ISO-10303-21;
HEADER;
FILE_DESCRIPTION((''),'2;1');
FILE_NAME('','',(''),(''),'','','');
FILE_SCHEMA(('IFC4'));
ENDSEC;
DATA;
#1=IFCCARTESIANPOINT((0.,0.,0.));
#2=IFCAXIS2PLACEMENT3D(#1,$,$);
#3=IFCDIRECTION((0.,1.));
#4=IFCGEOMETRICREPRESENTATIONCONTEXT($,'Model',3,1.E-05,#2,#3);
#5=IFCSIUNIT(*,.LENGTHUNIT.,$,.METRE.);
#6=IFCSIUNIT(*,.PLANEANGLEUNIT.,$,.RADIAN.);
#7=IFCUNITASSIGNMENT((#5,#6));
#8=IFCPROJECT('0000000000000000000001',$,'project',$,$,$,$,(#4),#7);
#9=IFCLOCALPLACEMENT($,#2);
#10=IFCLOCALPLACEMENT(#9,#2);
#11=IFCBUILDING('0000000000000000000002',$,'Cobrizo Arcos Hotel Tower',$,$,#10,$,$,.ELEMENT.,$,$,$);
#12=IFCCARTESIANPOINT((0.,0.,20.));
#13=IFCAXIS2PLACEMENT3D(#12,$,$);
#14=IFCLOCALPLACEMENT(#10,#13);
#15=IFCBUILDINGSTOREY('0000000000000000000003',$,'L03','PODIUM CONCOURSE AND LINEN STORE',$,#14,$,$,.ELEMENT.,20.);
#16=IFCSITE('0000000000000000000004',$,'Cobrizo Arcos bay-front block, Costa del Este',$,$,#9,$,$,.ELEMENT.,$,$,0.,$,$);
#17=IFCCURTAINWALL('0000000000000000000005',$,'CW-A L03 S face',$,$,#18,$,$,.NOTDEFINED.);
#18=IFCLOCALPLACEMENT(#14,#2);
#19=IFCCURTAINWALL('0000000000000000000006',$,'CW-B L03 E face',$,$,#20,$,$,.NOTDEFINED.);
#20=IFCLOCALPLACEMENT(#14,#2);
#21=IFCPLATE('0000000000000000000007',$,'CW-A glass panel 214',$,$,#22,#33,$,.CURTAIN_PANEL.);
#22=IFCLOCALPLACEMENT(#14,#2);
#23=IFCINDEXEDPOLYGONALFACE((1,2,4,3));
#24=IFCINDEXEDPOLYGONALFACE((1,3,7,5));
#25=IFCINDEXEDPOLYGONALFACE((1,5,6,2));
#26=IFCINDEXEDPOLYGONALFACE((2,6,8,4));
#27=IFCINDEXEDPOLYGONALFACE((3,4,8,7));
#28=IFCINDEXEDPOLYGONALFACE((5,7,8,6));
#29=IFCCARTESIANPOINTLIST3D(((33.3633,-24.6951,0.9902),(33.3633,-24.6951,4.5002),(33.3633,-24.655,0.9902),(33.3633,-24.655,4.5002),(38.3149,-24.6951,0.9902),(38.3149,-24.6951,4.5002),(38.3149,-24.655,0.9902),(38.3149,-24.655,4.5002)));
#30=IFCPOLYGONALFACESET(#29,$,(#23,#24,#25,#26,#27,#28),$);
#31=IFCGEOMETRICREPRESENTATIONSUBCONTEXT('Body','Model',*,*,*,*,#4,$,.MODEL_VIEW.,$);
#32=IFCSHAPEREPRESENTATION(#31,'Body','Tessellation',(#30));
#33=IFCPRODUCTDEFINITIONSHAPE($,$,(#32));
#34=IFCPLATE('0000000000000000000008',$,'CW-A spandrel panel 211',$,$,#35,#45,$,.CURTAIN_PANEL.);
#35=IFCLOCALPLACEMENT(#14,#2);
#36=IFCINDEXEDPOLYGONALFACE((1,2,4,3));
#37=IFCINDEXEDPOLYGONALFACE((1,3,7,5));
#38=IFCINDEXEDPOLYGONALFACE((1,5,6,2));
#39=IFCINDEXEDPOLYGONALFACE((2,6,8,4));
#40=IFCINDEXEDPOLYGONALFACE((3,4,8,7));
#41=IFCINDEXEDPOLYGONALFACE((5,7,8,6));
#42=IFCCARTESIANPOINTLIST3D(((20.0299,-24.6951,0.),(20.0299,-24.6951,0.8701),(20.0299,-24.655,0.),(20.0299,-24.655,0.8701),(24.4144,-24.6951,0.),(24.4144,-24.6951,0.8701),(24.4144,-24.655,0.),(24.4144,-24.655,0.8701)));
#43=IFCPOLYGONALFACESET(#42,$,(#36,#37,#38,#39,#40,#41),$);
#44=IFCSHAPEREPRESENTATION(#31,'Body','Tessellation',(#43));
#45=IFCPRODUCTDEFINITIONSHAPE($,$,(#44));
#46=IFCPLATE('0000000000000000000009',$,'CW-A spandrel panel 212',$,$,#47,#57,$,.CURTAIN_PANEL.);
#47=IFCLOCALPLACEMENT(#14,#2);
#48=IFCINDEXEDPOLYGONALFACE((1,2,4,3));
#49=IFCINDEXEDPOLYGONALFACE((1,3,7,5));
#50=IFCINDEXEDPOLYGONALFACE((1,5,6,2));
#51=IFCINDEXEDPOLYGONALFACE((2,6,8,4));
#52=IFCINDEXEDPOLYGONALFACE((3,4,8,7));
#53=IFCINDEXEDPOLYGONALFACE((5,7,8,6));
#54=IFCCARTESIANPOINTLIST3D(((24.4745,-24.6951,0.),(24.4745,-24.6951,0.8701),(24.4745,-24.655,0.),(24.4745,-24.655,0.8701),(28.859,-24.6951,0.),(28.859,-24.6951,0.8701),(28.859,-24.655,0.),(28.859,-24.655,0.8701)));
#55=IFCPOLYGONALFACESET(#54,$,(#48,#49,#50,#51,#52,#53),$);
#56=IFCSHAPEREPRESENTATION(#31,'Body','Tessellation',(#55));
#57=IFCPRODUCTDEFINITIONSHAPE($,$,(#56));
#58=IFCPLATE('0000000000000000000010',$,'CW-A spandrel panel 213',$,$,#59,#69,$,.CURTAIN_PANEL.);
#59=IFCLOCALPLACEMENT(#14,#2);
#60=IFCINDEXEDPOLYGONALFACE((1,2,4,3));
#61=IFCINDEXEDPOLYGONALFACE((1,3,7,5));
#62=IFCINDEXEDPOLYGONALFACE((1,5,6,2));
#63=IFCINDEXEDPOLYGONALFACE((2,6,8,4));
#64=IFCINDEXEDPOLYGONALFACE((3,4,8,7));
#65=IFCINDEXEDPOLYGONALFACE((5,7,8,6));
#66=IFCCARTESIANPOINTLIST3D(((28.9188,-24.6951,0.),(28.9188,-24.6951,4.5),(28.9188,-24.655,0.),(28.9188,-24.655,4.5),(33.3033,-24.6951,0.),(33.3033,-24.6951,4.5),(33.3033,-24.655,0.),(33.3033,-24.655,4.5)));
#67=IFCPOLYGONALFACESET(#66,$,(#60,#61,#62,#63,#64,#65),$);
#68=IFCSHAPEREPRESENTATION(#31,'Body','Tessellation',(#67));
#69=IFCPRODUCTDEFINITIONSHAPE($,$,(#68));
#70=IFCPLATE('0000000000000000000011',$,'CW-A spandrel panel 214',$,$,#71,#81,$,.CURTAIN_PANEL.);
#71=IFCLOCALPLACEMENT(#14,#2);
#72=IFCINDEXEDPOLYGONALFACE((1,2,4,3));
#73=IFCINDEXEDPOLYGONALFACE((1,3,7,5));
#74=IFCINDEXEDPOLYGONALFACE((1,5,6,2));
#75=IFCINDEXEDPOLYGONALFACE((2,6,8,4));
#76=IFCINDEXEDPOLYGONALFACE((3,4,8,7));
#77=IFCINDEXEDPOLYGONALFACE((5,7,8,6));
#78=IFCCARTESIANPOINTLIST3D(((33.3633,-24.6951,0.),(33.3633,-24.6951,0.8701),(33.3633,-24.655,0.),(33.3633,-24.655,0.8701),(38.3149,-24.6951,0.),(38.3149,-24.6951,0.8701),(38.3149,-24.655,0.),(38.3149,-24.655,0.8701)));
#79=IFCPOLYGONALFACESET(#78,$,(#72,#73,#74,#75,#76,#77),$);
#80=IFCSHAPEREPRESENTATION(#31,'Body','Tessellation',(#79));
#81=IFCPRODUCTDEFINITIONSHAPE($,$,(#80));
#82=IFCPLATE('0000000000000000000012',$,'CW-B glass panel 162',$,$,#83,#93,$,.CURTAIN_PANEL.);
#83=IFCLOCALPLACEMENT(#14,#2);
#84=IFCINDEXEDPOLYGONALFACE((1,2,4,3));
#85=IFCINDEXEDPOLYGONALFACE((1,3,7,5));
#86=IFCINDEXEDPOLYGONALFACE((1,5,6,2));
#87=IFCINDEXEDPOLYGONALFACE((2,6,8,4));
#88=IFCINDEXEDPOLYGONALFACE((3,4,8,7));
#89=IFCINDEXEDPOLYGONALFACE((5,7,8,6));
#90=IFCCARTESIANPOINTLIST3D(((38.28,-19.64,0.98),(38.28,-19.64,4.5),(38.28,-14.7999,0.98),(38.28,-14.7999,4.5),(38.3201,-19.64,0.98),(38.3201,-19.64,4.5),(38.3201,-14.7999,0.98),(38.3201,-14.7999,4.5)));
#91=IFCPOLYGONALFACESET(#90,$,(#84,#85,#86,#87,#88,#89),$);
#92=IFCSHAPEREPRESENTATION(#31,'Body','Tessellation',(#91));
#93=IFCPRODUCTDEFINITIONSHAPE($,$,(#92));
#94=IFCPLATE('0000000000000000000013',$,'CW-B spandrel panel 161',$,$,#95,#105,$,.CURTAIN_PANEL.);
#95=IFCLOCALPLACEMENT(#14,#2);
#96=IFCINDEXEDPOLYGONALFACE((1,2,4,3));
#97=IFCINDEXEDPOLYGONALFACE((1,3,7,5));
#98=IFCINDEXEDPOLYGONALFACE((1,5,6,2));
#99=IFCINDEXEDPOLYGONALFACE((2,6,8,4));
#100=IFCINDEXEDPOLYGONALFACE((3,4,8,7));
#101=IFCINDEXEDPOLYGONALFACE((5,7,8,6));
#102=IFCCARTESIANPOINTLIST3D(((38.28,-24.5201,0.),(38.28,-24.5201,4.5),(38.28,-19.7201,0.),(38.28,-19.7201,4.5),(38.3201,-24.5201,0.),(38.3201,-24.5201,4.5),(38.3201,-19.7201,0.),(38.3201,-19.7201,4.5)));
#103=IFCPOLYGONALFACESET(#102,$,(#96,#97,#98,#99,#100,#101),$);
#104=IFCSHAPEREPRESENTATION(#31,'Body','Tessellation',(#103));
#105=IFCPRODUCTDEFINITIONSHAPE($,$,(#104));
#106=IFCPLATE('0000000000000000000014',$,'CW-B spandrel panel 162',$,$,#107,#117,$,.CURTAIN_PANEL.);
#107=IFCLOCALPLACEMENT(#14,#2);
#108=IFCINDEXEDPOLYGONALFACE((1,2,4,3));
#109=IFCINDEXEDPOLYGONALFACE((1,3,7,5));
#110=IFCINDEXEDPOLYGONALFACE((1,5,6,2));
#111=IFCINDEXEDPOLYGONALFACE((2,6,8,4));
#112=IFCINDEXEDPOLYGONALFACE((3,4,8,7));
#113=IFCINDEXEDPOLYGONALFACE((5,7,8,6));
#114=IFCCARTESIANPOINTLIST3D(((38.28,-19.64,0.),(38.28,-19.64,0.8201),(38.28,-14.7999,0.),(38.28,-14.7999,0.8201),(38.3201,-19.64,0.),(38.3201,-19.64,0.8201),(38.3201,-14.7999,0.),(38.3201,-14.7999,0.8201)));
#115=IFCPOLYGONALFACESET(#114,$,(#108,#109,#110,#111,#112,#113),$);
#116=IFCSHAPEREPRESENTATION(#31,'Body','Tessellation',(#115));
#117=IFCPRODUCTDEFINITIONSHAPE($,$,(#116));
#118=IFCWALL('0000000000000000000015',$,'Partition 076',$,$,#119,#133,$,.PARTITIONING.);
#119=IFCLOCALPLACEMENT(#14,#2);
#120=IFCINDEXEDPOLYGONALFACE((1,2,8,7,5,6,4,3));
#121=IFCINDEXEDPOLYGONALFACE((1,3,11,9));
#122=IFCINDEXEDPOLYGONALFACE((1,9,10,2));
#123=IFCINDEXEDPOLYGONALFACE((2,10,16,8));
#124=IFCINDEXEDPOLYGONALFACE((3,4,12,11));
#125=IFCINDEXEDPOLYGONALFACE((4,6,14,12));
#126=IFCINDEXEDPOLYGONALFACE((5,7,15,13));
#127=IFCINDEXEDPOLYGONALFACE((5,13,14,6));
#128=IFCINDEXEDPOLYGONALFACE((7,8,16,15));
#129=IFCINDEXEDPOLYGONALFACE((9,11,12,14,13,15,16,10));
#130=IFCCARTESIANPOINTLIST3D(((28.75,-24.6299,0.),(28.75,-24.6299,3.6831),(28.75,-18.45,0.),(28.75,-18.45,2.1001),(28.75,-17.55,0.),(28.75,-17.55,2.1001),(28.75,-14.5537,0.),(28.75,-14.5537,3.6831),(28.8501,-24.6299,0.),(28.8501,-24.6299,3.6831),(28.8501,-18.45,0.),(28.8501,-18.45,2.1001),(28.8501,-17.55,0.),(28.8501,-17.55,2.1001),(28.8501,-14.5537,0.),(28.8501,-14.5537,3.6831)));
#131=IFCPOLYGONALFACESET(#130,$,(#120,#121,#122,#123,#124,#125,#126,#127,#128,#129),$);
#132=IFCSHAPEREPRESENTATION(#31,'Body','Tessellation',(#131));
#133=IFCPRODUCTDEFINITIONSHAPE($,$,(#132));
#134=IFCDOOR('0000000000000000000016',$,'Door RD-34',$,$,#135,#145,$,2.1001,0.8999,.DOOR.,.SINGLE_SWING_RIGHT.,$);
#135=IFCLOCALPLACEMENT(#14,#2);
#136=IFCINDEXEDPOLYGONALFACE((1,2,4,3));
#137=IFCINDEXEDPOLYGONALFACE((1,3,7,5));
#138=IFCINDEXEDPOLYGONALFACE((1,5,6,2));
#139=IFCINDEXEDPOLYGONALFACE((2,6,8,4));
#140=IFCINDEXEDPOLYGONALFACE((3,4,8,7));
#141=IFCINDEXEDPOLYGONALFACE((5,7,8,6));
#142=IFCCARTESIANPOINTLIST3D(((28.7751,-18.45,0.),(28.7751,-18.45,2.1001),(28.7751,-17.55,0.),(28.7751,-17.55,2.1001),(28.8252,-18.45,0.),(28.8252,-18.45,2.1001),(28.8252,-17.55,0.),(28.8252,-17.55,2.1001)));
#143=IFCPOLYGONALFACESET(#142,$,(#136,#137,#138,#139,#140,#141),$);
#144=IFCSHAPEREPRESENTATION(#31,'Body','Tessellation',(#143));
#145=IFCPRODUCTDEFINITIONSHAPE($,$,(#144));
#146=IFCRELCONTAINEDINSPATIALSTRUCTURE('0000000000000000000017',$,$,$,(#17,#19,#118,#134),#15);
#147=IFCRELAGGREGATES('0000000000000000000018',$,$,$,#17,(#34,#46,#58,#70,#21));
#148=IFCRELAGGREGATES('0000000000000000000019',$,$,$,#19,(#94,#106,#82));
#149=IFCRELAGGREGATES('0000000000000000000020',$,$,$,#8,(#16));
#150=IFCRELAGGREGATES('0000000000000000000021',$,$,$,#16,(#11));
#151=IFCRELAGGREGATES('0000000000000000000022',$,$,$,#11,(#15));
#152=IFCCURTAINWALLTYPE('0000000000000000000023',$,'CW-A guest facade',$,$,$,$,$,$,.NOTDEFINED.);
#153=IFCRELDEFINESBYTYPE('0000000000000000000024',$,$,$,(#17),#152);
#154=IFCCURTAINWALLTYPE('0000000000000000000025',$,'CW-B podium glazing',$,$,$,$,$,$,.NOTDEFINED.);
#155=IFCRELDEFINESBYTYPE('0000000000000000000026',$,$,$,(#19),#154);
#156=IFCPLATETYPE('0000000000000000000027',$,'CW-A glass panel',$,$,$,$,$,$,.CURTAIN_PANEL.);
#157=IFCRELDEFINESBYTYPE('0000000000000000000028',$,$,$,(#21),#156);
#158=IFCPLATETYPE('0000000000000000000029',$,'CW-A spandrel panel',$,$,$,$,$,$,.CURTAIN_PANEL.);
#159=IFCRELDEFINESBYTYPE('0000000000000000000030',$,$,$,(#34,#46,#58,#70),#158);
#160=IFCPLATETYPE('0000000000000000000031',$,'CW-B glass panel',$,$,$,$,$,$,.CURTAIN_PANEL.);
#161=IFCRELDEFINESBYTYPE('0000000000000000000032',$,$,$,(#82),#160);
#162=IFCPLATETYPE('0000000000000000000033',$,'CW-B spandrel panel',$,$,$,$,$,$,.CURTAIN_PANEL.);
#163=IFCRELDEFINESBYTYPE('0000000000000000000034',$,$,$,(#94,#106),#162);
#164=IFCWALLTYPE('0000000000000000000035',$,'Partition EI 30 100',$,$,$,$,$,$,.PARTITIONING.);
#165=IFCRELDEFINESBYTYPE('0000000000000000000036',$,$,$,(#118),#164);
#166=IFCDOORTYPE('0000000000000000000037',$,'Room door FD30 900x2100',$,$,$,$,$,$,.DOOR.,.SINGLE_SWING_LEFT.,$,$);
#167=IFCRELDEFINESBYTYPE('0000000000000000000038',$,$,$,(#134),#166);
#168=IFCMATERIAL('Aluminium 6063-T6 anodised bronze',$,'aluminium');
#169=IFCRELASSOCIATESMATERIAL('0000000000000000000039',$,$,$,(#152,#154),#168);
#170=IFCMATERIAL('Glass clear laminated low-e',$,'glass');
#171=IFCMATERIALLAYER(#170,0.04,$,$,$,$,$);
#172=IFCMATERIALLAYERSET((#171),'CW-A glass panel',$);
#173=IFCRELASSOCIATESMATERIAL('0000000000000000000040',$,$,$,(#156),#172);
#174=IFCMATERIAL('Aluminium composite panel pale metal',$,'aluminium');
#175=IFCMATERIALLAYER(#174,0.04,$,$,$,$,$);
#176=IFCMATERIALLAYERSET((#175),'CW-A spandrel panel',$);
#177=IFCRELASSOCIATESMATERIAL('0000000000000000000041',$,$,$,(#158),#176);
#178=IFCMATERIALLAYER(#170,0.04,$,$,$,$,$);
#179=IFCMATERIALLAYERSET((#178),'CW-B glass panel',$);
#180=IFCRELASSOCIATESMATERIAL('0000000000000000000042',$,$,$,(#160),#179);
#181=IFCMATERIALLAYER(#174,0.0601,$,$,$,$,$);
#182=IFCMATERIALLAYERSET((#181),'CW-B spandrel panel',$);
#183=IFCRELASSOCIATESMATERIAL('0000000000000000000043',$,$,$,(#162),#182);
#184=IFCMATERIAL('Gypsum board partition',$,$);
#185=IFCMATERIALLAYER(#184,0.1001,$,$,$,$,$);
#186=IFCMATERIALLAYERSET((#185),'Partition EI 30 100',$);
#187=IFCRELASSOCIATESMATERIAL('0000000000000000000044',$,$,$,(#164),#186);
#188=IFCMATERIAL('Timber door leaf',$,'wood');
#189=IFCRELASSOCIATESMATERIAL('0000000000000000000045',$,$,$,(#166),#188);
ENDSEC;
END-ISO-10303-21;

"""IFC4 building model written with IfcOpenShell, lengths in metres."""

from ifc_helpers import new_model, si_unit, direction, frame, frame_2d, origin, origin_2d, place, context, subcontext, project, spatial, rectangle, extrude, material, layer, layer_set, type_object, element, fill, aggregate, save


model = new_model("IFC4")

# Units and contexts
model_context = context("Model", 3, precision=1e-05, world=origin(), true_north=direction((0.0, 1.0)))
body_context = subcontext(model_context, "Body", "Model", "MODEL_VIEW")
ifc_project = project(units=[si_unit("LENGTHUNIT", "METRE"), si_unit("PLANEANGLEUNIT", "RADIAN")], contexts=[model_context])

# Site, building, storey
site_placement = place(None, origin())
site = spatial("IfcSite", under=ifc_project, at=site_placement, Name="Cobrizo Arcos bay-front block, Costa del Este", CompositionType="ELEMENT", RefElevation=0.0)
building_placement = place(site_placement, origin())
building = spatial("IfcBuilding", under=site, at=building_placement, Name="Cobrizo Arcos Hotel Tower", CompositionType="ELEMENT")
storey_placement = place(building_placement, frame((0.0, 0.0, 20.0)))
storey = spatial("IfcBuildingStorey", under=building, at=storey_placement, Name="L03", Description="PODIUM CONCOURSE AND LINEN STORE", CompositionType="ELEMENT", Elevation=20.0)

# Curtain walls
ifc_material_1 = material(Name="Aluminium 6063-T6 anodised bronze", Category="aluminium")
curtain_wall_type_1 = type_object("IfcCurtainWallType", Name="CW-A guest facade", PredefinedType="NOTDEFINED", material=ifc_material_1)
curtain_wall_1_placement = place(storey_placement, origin())
curtain_wall_1 = element("IfcCurtainWall", 1, at=curtain_wall_1_placement, inside=storey, type_object=curtain_wall_type_1, Name="CW-A L03 S face", PredefinedType="NOTDEFINED")
curtain_wall_type_2 = type_object("IfcCurtainWallType", Name="CW-B podium glazing", PredefinedType="NOTDEFINED", material=ifc_material_1)
curtain_wall_2_placement = place(storey_placement, origin())
curtain_wall_2 = element("IfcCurtainWall", 2, at=curtain_wall_2_placement, inside=storey, type_object=curtain_wall_type_2, Name="CW-B L03 E face", PredefinedType="NOTDEFINED")

# Plates
ifc_material_2 = material(Name="Glass clear laminated low-e", Category="glass")
ifc_layer_1 = layer(ifc_material_2, 0.04)
ifc_layer_set_1 = layer_set([ifc_layer_1], Name="CW-A glass panel")
plate_type_1 = type_object("IfcPlateType", Name="CW-A glass panel", PredefinedType="CURTAIN_PANEL", material=ifc_layer_set_1)
plate_1_placement = place(storey_placement, frame((35.8391, -24.675, 0.9902), z_axis=(0.0, 0.0, 1.0), x_axis=(1.0, 0.0, 0.0)))
plate_1 = element("IfcPlate", 3, at=plate_1_placement, type_object=plate_type_1, Name="CW-A glass panel 214", PredefinedType="CURTAIN_PANEL", context=body_context, shape_type="SweptSolid", body=[
    extrude(rectangle(XDim=4.9517, YDim=0.04, at=origin_2d()), origin(), (0.0, 0.0, 1.0), 3.51),
])
ifc_material_3 = material(Name="Aluminium composite panel pale metal", Category="aluminium")
ifc_layer_2 = layer(ifc_material_3, 0.04)
ifc_layer_set_2 = layer_set([ifc_layer_2], Name="CW-A spandrel panel")
plate_type_2 = type_object("IfcPlateType", Name="CW-A spandrel panel", PredefinedType="CURTAIN_PANEL", material=ifc_layer_set_2)
plate_2_placement = place(storey_placement, frame((22.2222, -24.675, 0.0), z_axis=(0.0, 0.0, 1.0), x_axis=(1.0, 0.0, 0.0)))
plate_2 = element("IfcPlate", 4, at=plate_2_placement, type_object=plate_type_2, Name="CW-A spandrel panel 211", PredefinedType="CURTAIN_PANEL", context=body_context, shape_type="SweptSolid", body=[
    extrude(rectangle(XDim=4.3845, YDim=0.04, at=origin_2d()), origin(), (0.0, 0.0, 1.0), 0.8701),
])
plate_3_placement = place(storey_placement, frame((26.6667, -24.675, 0.0), z_axis=(0.0, 0.0, 1.0), x_axis=(1.0, 0.0, 0.0)))
plate_3 = element("IfcPlate", 5, at=plate_3_placement, type_object=plate_type_2, Name="CW-A spandrel panel 212", PredefinedType="CURTAIN_PANEL", context=body_context, shape_type="SweptSolid", body=[
    extrude(rectangle(XDim=4.3845, YDim=0.04, at=origin_2d()), origin(), (0.0, 0.0, 1.0), 0.8701),
])
plate_4_placement = place(storey_placement, frame((31.1111, -24.675, 0.0), z_axis=(0.0, 0.0, 1.0), x_axis=(1.0, 0.0, 0.0)))
plate_4 = element("IfcPlate", 6, at=plate_4_placement, type_object=plate_type_2, Name="CW-A spandrel panel 213", PredefinedType="CURTAIN_PANEL", context=body_context, shape_type="SweptSolid", body=[
    extrude(rectangle(XDim=4.3845, YDim=0.04, at=origin_2d()), origin(), (0.0, 0.0, 1.0), 4.5),
])
plate_5_placement = place(storey_placement, frame((35.8391, -24.675, 0.0), z_axis=(0.0, 0.0, 1.0), x_axis=(1.0, 0.0, 0.0)))
plate_5 = element("IfcPlate", 7, at=plate_5_placement, type_object=plate_type_2, Name="CW-A spandrel panel 214", PredefinedType="CURTAIN_PANEL", context=body_context, shape_type="SweptSolid", body=[
    extrude(rectangle(XDim=4.9517, YDim=0.04, at=origin_2d()), origin(), (0.0, 0.0, 1.0), 0.8701),
])
aggregate(curtain_wall_1, [plate_2, plate_3, plate_4, plate_5, plate_1])
ifc_layer_3 = layer(ifc_material_2, 0.04)
ifc_layer_set_3 = layer_set([ifc_layer_3], Name="CW-B glass panel")
plate_type_3 = type_object("IfcPlateType", Name="CW-B glass panel", PredefinedType="CURTAIN_PANEL", material=ifc_layer_set_3)
plate_6_placement = place(storey_placement, frame((38.3, -17.22, 0.98), z_axis=(0.0, 0.0, 1.0), x_axis=(0.0, 1.0, 0.0)))
plate_6 = element("IfcPlate", 8, at=plate_6_placement, type_object=plate_type_3, Name="CW-B glass panel 162", PredefinedType="CURTAIN_PANEL", context=body_context, shape_type="SweptSolid", body=[
    extrude(rectangle(XDim=4.8401, YDim=0.04, at=origin_2d()), origin(), (0.0, 0.0, 1.0), 3.52),
])
ifc_layer_4 = layer(ifc_material_3, 0.0601)
ifc_layer_set_4 = layer_set([ifc_layer_4], Name="CW-B spandrel panel")
plate_type_4 = type_object("IfcPlateType", Name="CW-B spandrel panel", PredefinedType="CURTAIN_PANEL", material=ifc_layer_set_4)
plate_7_placement = place(storey_placement, frame((38.3, -22.1201, 0.0), z_axis=(0.0, 0.0, 1.0), x_axis=(0.0, 1.0, 0.0)))
plate_7 = element("IfcPlate", 9, at=plate_7_placement, type_object=plate_type_4, Name="CW-B spandrel panel 161", PredefinedType="CURTAIN_PANEL", context=body_context, shape_type="SweptSolid", body=[
    extrude(rectangle(XDim=4.8, YDim=0.04, at=origin_2d()), origin(), (0.0, 0.0, 1.0), 4.5),
])
plate_8_placement = place(storey_placement, frame((38.3, -17.22, 0.0), z_axis=(0.0, 0.0, 1.0), x_axis=(0.0, 1.0, 0.0)))
plate_8 = element("IfcPlate", 10, at=plate_8_placement, type_object=plate_type_4, Name="CW-B spandrel panel 162", PredefinedType="CURTAIN_PANEL", context=body_context, shape_type="SweptSolid", body=[
    extrude(rectangle(XDim=4.8401, YDim=0.04, at=origin_2d()), origin(), (0.0, 0.0, 1.0), 0.8201),
])
aggregate(curtain_wall_2, [plate_7, plate_8, plate_6])

# Wall, opening, door
ifc_material_4 = material(Name="Gypsum board partition")
ifc_layer_5 = layer(ifc_material_4, 0.1001)
ifc_layer_set_5 = layer_set([ifc_layer_5], Name="Partition EI 30 100")
wall_type = type_object("IfcWallType", Name="Partition EI 30 100", PredefinedType="PARTITIONING", material=ifc_layer_set_5)
wall_placement = place(storey_placement, frame((28.8, -24.6299, 0.0), z_axis=(0.0, 0.0, 1.0), x_axis=(0.0, 1.0, 0.0)))
wall = element("IfcWall", 11, at=wall_placement, inside=storey, type_object=wall_type, Name="Partition 076", PredefinedType="PARTITIONING", context=body_context, shape_type="SweptSolid", body=[
    extrude(rectangle(XDim=10.0762, YDim=0.1001, at=frame_2d((5.0381, 0.0))), origin(), (0.0, 0.0, 1.0), 3.6831),
])
opening_placement = place(wall_placement, frame((6.1799, 0.0, 0.0)))
opening = element("IfcOpeningElement", 12, at=opening_placement, cuts=wall, PredefinedType="OPENING", context=body_context, shape_type="SweptSolid", body=[
    extrude(rectangle(XDim=0.8999, YDim=2.1001, at=frame_2d((0.45, 1.05))), frame((0.0, 0.062, 0.0), z_axis=(0.0, -1.0, 0.0), x_axis=(1.0, 0.0, 0.0)), (0.0, 0.0, 1.0), 0.124),
])
ifc_material_5 = material(Name="Timber door leaf", Category="wood")
door_type = type_object("IfcDoorType", Name="Room door FD30 900x2100", OperationType="SINGLE_SWING_LEFT", PredefinedType="DOOR", material=ifc_material_5)
door_placement = place(opening_placement, origin())
door = element("IfcDoor", 13, at=door_placement, inside=storey, type_object=door_type, Name="Door RD-34", OperationType="SINGLE_SWING_RIGHT", OverallHeight=2.1001, OverallWidth=0.8999, PredefinedType="DOOR", context=body_context, shape_type="SweptSolid", body=[
    extrude(rectangle(XDim=0.8999, YDim=2.1001, at=frame_2d((0.45, 1.05))), frame((0.0, 0.0249, 0.0), z_axis=(0.0, -1.0, 0.0), x_axis=(1.0, 0.0, 0.0)), (0.0, 0.0, 1.0), 0.05),
])
fill(opening, door)

save(model, "model.ifc")
